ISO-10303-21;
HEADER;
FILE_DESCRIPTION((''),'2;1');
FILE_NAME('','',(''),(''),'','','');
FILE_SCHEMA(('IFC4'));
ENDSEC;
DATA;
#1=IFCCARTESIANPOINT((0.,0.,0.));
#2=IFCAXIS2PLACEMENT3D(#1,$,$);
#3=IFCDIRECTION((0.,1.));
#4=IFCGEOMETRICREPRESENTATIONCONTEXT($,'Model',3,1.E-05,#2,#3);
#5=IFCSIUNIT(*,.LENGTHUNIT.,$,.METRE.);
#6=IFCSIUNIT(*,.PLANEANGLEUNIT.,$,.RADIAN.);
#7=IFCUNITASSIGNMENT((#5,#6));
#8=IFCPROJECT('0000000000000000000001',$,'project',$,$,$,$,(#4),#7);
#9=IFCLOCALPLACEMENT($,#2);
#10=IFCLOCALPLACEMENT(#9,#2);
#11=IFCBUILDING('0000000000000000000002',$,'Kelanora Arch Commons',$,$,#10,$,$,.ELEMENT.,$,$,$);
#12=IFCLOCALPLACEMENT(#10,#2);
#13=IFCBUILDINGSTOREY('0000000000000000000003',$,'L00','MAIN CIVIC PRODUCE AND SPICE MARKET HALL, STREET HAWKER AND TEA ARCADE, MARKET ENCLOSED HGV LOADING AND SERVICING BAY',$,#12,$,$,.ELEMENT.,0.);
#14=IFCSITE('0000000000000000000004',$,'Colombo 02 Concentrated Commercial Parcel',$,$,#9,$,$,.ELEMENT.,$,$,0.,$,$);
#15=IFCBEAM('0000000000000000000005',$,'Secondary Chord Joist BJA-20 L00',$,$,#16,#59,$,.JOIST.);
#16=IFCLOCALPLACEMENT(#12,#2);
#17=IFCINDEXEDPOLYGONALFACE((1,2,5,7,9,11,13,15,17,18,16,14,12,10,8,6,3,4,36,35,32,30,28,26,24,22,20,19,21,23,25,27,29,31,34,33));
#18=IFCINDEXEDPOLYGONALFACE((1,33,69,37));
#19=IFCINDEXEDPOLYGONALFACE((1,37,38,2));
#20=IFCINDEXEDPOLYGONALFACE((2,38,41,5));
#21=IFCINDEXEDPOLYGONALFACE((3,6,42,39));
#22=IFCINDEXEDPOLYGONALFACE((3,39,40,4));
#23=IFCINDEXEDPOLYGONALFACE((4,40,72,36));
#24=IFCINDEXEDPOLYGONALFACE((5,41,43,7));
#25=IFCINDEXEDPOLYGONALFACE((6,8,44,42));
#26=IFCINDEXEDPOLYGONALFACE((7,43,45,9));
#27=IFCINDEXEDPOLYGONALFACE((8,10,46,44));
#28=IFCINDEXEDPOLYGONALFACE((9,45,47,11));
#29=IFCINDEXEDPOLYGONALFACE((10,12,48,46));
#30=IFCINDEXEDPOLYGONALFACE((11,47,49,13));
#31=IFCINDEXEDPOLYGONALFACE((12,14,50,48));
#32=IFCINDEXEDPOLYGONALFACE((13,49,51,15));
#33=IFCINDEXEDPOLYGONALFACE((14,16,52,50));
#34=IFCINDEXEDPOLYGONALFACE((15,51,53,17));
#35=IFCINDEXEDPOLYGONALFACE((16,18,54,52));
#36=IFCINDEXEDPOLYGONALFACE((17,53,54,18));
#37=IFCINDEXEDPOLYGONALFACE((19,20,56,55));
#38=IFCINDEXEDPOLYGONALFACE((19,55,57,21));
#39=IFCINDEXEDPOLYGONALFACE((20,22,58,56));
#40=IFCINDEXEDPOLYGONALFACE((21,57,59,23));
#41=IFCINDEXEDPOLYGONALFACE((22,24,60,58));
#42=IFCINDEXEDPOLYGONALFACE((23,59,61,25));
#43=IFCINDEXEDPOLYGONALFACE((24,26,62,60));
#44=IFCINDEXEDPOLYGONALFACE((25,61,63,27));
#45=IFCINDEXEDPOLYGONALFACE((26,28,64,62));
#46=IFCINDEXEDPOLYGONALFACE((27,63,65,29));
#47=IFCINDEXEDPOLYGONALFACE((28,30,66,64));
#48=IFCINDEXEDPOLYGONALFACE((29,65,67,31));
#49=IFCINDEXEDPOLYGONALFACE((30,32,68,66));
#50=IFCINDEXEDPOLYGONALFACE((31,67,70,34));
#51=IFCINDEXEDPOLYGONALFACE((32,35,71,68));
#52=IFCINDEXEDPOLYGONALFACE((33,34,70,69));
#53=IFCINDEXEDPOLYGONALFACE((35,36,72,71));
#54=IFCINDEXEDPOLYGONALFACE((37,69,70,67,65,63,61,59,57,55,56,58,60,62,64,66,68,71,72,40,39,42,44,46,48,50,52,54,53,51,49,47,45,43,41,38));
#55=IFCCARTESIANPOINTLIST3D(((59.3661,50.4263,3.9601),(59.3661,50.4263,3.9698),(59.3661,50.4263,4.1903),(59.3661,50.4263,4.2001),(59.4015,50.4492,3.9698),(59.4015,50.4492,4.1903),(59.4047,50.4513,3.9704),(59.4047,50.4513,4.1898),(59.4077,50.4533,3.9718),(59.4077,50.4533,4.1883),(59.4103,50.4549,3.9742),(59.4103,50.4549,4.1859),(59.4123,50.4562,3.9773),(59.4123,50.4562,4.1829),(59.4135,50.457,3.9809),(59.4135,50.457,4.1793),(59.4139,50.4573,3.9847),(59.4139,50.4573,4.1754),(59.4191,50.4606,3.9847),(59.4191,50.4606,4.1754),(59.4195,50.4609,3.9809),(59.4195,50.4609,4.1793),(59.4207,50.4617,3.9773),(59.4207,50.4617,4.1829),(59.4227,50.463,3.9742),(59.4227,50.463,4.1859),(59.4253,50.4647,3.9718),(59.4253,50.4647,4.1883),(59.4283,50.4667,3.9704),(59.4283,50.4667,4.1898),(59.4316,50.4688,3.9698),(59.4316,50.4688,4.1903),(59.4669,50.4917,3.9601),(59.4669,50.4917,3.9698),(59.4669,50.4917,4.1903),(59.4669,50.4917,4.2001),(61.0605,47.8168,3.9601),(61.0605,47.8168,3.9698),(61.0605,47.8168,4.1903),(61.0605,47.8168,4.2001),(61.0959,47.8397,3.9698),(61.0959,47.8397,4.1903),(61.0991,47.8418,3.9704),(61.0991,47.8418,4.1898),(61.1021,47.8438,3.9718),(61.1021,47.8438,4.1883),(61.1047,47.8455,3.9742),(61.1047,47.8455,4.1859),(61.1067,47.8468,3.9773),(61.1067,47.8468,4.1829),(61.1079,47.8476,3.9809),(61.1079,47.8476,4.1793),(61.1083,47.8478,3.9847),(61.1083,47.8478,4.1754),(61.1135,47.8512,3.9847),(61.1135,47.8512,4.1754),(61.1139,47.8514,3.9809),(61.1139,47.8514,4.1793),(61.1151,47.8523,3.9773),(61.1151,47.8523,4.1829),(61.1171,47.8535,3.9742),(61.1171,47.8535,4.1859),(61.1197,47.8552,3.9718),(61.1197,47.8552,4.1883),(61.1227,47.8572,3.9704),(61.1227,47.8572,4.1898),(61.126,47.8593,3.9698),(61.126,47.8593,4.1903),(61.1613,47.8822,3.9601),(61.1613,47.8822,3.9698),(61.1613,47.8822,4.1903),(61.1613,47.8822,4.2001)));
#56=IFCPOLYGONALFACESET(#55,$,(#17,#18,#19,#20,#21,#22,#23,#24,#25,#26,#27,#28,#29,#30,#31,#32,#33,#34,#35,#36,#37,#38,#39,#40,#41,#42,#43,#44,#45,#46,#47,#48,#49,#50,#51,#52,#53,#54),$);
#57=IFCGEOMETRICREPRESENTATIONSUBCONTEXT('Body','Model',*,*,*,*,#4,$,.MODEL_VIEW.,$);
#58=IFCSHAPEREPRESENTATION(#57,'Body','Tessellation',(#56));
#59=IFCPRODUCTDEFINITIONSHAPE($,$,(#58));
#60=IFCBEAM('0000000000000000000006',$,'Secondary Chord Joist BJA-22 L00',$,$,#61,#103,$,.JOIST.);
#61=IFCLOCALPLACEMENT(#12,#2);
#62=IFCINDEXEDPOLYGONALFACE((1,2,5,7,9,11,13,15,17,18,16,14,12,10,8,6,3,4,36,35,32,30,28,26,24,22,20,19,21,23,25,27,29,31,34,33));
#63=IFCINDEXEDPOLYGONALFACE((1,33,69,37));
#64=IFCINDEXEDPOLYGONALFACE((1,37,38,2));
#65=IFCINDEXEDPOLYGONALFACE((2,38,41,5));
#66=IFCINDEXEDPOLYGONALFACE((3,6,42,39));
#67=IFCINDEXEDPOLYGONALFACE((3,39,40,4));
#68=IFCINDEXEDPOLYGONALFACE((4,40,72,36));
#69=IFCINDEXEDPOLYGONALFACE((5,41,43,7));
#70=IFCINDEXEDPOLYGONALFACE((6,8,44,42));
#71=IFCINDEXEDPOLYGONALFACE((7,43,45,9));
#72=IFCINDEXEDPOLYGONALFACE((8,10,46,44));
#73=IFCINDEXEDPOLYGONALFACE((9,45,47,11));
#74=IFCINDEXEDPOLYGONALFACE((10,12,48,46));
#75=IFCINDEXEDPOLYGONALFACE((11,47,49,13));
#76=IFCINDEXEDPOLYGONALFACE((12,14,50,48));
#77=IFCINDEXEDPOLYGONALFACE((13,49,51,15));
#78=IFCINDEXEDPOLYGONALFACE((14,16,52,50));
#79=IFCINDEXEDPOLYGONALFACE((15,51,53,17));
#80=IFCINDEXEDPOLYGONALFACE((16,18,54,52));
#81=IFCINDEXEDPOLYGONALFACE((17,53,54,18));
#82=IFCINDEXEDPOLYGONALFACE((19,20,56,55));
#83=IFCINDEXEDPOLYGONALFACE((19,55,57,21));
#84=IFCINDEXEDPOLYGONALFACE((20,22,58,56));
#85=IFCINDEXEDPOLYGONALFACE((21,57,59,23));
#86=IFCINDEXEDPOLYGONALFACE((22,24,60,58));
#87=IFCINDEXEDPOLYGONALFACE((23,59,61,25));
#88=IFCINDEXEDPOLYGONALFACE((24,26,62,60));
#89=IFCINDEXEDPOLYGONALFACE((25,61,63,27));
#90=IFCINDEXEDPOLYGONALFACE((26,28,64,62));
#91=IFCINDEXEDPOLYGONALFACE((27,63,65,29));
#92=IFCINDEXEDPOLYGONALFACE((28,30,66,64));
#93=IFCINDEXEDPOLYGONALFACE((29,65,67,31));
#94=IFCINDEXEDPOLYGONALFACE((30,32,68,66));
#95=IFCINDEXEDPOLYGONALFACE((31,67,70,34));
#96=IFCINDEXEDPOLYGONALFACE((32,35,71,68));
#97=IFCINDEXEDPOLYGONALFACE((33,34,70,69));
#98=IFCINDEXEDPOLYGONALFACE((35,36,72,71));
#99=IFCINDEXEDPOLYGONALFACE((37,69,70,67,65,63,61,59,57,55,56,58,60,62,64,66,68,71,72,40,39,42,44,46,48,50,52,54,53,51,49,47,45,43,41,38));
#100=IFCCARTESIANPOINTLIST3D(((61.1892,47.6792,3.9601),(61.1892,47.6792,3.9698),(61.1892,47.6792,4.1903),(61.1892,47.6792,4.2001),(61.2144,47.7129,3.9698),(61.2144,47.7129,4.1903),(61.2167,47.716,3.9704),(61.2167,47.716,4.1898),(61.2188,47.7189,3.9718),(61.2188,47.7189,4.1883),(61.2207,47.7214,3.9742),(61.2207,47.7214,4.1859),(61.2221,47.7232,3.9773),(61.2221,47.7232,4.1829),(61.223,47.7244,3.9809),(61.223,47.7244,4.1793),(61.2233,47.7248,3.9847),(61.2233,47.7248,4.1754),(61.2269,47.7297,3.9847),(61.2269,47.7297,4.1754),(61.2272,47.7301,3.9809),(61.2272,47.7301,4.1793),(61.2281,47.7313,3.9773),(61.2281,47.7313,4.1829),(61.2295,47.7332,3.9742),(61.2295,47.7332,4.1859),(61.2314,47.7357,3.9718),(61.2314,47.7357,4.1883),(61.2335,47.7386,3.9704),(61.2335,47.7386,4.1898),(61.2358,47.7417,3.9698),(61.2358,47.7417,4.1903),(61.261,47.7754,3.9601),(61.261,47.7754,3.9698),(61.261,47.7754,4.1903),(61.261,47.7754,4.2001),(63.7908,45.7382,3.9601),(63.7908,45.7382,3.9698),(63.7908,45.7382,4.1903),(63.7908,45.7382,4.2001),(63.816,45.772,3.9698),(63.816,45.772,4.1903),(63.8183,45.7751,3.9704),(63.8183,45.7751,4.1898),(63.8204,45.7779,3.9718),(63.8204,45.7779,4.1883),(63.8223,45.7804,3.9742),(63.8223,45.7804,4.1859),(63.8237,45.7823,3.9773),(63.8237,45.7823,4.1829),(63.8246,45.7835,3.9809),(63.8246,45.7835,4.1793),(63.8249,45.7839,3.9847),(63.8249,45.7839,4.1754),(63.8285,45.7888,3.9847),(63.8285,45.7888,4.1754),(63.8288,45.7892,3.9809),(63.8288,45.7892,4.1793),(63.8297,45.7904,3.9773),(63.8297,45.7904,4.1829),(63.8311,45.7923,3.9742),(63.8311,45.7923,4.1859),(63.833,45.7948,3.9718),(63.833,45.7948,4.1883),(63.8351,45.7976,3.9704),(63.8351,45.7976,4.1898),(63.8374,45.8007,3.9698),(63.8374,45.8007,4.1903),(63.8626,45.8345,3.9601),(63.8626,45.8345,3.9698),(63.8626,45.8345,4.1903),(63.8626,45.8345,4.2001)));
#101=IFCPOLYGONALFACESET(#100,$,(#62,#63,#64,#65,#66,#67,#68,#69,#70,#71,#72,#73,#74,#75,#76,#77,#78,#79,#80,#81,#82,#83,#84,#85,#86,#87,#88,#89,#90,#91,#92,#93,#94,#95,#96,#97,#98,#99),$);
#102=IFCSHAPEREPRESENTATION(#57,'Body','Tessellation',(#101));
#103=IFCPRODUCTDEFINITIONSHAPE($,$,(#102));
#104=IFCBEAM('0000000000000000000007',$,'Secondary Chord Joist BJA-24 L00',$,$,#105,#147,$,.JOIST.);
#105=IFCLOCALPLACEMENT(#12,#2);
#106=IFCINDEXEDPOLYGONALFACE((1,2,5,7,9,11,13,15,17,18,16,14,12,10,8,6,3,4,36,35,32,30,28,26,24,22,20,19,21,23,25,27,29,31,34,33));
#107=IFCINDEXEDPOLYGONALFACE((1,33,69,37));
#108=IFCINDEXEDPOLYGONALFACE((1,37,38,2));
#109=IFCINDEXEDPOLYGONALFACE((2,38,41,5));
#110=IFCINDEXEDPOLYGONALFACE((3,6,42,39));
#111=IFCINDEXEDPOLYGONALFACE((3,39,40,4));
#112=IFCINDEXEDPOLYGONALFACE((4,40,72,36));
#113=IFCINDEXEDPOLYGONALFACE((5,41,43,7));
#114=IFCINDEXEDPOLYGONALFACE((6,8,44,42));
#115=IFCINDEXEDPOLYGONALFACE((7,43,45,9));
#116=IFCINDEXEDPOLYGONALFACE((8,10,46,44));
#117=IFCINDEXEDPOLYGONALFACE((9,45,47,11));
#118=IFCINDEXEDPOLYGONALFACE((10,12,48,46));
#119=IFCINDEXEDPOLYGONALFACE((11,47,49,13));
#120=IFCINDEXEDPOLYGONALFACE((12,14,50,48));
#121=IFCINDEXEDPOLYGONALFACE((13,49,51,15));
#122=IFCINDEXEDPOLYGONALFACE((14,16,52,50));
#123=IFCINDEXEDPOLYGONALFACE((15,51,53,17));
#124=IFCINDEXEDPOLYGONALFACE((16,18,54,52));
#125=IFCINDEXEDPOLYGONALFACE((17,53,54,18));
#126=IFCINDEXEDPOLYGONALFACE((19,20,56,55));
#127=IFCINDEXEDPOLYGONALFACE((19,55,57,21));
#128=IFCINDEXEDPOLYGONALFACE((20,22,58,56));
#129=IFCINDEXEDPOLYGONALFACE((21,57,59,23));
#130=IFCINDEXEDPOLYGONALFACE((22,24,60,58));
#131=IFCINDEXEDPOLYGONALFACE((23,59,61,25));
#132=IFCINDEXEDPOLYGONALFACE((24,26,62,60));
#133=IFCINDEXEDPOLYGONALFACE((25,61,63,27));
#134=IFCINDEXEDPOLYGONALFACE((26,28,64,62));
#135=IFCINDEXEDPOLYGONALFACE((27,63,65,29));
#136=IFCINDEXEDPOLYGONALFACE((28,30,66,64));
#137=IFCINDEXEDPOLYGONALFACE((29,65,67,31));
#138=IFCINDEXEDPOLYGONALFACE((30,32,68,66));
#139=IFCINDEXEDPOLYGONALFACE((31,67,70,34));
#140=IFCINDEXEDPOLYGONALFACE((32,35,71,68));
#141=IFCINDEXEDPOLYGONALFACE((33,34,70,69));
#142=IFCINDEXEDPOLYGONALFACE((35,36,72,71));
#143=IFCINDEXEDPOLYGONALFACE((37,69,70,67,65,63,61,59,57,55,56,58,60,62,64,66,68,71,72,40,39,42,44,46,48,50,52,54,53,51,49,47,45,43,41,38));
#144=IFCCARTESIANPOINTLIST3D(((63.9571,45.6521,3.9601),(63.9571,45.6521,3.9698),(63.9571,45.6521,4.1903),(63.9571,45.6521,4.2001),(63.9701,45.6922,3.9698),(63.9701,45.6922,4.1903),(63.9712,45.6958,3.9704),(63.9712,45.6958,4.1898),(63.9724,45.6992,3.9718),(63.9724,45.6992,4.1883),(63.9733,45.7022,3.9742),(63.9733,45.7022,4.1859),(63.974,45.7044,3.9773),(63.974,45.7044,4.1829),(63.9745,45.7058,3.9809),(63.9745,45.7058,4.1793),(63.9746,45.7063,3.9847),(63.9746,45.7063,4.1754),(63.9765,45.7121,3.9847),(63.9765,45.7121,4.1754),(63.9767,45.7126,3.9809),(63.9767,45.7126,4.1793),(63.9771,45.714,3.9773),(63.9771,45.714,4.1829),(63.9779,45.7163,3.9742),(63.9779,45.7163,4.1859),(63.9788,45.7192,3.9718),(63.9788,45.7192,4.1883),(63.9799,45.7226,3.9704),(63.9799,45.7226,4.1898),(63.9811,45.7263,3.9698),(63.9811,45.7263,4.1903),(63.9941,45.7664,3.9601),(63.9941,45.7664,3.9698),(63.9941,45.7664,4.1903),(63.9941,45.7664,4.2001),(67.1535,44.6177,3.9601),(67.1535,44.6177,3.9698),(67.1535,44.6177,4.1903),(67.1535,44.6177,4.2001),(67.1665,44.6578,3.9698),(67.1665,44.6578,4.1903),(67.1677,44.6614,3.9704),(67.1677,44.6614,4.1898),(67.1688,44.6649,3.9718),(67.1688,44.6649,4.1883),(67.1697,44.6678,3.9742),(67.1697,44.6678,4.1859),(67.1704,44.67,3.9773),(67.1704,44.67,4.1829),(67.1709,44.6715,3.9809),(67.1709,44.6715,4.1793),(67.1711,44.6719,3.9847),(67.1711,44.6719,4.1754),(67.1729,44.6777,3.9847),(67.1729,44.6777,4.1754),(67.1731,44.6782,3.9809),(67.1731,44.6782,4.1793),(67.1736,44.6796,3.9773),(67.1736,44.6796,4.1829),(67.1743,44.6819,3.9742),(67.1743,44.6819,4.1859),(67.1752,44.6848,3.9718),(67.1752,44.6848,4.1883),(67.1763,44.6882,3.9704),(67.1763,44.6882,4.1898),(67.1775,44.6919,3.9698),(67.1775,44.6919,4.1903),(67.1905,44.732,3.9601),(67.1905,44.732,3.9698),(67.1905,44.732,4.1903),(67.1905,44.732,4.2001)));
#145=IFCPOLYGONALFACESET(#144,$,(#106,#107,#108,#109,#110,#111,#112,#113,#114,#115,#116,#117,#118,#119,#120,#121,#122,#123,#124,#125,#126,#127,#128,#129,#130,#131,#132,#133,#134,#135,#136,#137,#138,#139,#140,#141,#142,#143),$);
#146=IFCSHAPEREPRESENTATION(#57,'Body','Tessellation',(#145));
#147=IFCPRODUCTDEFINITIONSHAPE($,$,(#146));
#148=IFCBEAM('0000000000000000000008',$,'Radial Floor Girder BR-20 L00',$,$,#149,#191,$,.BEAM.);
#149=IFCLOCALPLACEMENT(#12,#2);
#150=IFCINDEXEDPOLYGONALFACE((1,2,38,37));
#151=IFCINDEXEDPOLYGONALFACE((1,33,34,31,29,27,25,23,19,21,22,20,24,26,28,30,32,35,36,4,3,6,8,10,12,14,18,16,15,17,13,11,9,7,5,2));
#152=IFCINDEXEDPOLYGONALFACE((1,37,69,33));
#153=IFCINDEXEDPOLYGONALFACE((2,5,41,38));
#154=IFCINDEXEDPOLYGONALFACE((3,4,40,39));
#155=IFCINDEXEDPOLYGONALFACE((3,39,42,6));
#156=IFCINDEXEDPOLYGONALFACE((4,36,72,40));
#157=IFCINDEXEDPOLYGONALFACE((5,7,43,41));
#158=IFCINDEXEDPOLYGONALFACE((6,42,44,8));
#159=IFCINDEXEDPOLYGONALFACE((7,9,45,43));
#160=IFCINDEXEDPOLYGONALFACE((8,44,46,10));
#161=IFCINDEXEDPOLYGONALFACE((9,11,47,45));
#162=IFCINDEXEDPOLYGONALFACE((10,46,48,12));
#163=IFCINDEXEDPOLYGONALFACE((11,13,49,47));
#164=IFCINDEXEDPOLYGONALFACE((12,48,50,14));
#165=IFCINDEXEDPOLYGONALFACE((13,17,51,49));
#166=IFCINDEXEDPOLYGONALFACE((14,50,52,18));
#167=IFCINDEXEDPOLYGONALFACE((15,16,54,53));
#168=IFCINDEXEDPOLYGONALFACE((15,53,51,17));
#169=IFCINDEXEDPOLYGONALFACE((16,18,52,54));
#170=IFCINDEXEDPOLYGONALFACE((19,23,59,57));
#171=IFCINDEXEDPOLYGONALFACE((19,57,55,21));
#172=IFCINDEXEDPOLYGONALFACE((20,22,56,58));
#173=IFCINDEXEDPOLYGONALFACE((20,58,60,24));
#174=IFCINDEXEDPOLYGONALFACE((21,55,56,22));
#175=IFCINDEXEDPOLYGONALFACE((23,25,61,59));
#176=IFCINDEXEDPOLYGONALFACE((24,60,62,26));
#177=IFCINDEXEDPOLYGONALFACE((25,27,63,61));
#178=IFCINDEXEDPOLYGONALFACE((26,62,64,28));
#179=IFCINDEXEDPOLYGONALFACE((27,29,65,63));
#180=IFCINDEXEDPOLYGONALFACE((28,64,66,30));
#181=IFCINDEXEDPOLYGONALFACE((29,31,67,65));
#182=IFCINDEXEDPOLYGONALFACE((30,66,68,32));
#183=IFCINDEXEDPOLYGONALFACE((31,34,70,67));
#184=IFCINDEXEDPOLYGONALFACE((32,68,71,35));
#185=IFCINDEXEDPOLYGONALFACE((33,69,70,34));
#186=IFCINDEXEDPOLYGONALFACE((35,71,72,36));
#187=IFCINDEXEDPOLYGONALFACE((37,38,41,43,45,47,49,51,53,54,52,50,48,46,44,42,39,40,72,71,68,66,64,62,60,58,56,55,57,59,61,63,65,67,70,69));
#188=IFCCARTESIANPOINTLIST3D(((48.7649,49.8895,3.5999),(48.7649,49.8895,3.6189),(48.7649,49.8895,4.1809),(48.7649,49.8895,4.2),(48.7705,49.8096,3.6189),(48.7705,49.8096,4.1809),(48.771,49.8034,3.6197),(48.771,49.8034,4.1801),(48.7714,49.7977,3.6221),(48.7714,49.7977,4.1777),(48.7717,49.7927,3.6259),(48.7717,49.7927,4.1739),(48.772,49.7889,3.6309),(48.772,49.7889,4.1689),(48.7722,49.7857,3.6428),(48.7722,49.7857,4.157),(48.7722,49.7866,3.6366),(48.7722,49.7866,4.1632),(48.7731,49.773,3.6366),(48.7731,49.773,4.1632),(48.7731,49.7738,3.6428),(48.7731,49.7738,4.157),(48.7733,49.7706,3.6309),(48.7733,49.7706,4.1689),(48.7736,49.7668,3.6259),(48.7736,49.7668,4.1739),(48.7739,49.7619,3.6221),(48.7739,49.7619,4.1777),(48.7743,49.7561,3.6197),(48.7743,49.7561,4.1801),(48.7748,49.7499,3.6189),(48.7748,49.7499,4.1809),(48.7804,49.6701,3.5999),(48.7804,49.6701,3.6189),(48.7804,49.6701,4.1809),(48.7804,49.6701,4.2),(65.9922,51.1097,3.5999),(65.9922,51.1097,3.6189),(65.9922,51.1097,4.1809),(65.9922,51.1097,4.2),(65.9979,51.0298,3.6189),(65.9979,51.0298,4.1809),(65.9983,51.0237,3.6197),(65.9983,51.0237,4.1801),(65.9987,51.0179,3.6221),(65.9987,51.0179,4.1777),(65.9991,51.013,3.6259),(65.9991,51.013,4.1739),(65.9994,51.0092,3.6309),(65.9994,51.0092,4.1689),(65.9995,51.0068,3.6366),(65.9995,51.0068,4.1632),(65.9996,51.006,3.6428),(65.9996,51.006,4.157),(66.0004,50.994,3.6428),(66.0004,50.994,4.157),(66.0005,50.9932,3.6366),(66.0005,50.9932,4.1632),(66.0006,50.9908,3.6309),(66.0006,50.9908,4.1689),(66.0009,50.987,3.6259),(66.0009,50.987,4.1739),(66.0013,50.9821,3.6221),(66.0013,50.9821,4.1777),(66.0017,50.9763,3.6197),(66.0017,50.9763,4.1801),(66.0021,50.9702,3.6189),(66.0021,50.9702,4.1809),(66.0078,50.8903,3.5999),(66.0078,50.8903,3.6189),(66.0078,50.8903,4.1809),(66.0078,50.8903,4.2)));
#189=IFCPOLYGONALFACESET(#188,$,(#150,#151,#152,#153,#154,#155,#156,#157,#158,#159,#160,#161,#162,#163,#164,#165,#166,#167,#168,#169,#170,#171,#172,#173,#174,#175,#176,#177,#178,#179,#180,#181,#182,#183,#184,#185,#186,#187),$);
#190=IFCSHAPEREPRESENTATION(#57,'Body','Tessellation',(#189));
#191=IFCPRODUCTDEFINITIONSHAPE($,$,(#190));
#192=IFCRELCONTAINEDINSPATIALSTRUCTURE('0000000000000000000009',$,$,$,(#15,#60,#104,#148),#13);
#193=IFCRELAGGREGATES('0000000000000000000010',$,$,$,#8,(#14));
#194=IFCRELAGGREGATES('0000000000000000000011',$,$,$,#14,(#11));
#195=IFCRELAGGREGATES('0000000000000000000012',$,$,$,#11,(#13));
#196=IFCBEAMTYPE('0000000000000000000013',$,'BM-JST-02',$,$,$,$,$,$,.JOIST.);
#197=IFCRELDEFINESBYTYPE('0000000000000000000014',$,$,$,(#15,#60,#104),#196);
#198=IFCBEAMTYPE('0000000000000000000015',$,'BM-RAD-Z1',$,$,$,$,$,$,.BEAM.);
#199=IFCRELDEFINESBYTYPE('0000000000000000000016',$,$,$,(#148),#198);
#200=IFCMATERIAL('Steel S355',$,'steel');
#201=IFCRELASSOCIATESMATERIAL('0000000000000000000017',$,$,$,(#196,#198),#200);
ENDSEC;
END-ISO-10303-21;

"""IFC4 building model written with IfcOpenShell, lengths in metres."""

from ifc_helpers import new_model, si_unit, direction, frame, origin, origin_2d, place, context, subcontext, project, spatial, i_section, extrude, material, material_profile, profile_set, type_object, element, save


model = new_model("IFC4")

# Units and contexts
model_context = context("Model", 3, precision=1e-05, world=origin(), true_north=direction((0.0, 1.0)))
body_context = subcontext(model_context, "Body", "Model", "MODEL_VIEW")
ifc_project = project(units=[si_unit("LENGTHUNIT", "METRE"), si_unit("PLANEANGLEUNIT", "RADIAN")], contexts=[model_context])

# Site, building, storey
site_placement = place(None, origin())
site = spatial("IfcSite", under=ifc_project, at=site_placement, Name="Colombo 02 Concentrated Commercial Parcel", CompositionType="ELEMENT", RefElevation=0.0)
building_placement = place(site_placement, origin())
building = spatial("IfcBuilding", under=site, at=building_placement, Name="Kelanora Arch Commons", CompositionType="ELEMENT")
storey_placement = place(building_placement, origin())
storey = spatial("IfcBuildingStorey", under=building, at=storey_placement, Name="L00", Description="MAIN CIVIC PRODUCE AND SPICE MARKET HALL, STREET HAWKER AND TEA ARCADE, MARKET ENCLOSED HGV LOADING AND SERVICING BAY", CompositionType="ELEMENT", Elevation=0.0)

# Beams
ifc_material_1 = material(Name="Steel S355", Category="steel")
ifc_material_profile_1 = material_profile(ifc_material_1, i_section(OverallWidth=0.1201, OverallDepth=0.24, WebThickness=0.0061, FlangeThickness=0.0098, FilletRadius=0.0149, at=origin_2d()), Name="IPE240")
ifc_profile_set_1 = profile_set([ifc_material_profile_1], Name="Steel S355")
beam_type_1 = type_object("IfcBeamType", Name="BM-JST-02", PredefinedType="JOIST", material=ifc_profile_set_1)
beam_1_placement = place(storey_placement, frame((59.4165, 50.459, 4.0801), z_axis=(0.544591, -0.838702, 0.0), x_axis=(0.838702, 0.544591, 0.0)))
element("IfcBeam", 1, at=beam_1_placement, inside=storey, type_object=beam_type_1, Name="Secondary Chord Joist BJA-20 L00", PredefinedType="JOIST", context=body_context, shape_type="SweptSolid", body=[
    extrude(i_section(OverallWidth=0.1201, OverallDepth=0.24, WebThickness=0.0061, FlangeThickness=0.0098, FilletRadius=0.0149, at=origin_2d()), origin(), (0.0, 0.0, 1.0), 3.1113),
])
beam_2_placement = place(storey_placement, frame((61.2251, 47.7273, 4.0801), z_axis=(0.801514, -0.597976, 0.0), x_axis=(0.597976, 0.801514, 0.0)))
element("IfcBeam", 2, at=beam_2_placement, inside=storey, type_object=beam_type_1, Name="Secondary Chord Joist BJA-22 L00", PredefinedType="JOIST", context=body_context, shape_type="SweptSolid", body=[
    extrude(i_section(OverallWidth=0.1201, OverallDepth=0.24, WebThickness=0.0061, FlangeThickness=0.0098, FilletRadius=0.0149, at=origin_2d()), origin(), (0.0, 0.0, 1.0), 3.2458),
])
beam_3_placement = place(storey_placement, frame((63.9756, 45.7092, 4.0801), z_axis=(0.951423, -0.307888, 0.0), x_axis=(0.307888, 0.951423, 0.0)))
element("IfcBeam", 3, at=beam_3_placement, inside=storey, type_object=beam_type_1, Name="Secondary Chord Joist BJA-24 L00", PredefinedType="JOIST", context=body_context, shape_type="SweptSolid", body=[
    extrude(i_section(OverallWidth=0.1201, OverallDepth=0.24, WebThickness=0.0061, FlangeThickness=0.0098, FilletRadius=0.0149, at=origin_2d()), origin(), (0.0, 0.0, 1.0), 3.3596),
])
ifc_material_profile_2 = material_profile(ifc_material_1, i_section(OverallWidth=0.22, OverallDepth=0.6001, WebThickness=0.012, FlangeThickness=0.019, FilletRadius=0.0239, at=origin_2d()), Name="IPE600")
ifc_profile_set_2 = profile_set([ifc_material_profile_2], Name="Steel S355")
beam_type_2 = type_object("IfcBeamType", Name="BM-RAD-Z1", PredefinedType="BEAM", material=ifc_profile_set_2)
beam_4_placement = place(storey_placement, frame((66.0, 51.0, 3.8999), z_axis=(-0.997501, -0.070653, 0.0), x_axis=(0.070653, -0.997501, 0.0)))
element("IfcBeam", 4, at=beam_4_placement, inside=storey, type_object=beam_type_2, Name="Radial Floor Girder BR-20 L00", PredefinedType="BEAM", context=body_context, shape_type="SweptSolid", body=[
    extrude(i_section(OverallWidth=0.22, OverallDepth=0.6001, WebThickness=0.012, FlangeThickness=0.019, FilletRadius=0.0239, at=origin_2d()), origin(), (0.0, 0.0, 1.0), 17.2705),
])

save(model, "model.ifc")
